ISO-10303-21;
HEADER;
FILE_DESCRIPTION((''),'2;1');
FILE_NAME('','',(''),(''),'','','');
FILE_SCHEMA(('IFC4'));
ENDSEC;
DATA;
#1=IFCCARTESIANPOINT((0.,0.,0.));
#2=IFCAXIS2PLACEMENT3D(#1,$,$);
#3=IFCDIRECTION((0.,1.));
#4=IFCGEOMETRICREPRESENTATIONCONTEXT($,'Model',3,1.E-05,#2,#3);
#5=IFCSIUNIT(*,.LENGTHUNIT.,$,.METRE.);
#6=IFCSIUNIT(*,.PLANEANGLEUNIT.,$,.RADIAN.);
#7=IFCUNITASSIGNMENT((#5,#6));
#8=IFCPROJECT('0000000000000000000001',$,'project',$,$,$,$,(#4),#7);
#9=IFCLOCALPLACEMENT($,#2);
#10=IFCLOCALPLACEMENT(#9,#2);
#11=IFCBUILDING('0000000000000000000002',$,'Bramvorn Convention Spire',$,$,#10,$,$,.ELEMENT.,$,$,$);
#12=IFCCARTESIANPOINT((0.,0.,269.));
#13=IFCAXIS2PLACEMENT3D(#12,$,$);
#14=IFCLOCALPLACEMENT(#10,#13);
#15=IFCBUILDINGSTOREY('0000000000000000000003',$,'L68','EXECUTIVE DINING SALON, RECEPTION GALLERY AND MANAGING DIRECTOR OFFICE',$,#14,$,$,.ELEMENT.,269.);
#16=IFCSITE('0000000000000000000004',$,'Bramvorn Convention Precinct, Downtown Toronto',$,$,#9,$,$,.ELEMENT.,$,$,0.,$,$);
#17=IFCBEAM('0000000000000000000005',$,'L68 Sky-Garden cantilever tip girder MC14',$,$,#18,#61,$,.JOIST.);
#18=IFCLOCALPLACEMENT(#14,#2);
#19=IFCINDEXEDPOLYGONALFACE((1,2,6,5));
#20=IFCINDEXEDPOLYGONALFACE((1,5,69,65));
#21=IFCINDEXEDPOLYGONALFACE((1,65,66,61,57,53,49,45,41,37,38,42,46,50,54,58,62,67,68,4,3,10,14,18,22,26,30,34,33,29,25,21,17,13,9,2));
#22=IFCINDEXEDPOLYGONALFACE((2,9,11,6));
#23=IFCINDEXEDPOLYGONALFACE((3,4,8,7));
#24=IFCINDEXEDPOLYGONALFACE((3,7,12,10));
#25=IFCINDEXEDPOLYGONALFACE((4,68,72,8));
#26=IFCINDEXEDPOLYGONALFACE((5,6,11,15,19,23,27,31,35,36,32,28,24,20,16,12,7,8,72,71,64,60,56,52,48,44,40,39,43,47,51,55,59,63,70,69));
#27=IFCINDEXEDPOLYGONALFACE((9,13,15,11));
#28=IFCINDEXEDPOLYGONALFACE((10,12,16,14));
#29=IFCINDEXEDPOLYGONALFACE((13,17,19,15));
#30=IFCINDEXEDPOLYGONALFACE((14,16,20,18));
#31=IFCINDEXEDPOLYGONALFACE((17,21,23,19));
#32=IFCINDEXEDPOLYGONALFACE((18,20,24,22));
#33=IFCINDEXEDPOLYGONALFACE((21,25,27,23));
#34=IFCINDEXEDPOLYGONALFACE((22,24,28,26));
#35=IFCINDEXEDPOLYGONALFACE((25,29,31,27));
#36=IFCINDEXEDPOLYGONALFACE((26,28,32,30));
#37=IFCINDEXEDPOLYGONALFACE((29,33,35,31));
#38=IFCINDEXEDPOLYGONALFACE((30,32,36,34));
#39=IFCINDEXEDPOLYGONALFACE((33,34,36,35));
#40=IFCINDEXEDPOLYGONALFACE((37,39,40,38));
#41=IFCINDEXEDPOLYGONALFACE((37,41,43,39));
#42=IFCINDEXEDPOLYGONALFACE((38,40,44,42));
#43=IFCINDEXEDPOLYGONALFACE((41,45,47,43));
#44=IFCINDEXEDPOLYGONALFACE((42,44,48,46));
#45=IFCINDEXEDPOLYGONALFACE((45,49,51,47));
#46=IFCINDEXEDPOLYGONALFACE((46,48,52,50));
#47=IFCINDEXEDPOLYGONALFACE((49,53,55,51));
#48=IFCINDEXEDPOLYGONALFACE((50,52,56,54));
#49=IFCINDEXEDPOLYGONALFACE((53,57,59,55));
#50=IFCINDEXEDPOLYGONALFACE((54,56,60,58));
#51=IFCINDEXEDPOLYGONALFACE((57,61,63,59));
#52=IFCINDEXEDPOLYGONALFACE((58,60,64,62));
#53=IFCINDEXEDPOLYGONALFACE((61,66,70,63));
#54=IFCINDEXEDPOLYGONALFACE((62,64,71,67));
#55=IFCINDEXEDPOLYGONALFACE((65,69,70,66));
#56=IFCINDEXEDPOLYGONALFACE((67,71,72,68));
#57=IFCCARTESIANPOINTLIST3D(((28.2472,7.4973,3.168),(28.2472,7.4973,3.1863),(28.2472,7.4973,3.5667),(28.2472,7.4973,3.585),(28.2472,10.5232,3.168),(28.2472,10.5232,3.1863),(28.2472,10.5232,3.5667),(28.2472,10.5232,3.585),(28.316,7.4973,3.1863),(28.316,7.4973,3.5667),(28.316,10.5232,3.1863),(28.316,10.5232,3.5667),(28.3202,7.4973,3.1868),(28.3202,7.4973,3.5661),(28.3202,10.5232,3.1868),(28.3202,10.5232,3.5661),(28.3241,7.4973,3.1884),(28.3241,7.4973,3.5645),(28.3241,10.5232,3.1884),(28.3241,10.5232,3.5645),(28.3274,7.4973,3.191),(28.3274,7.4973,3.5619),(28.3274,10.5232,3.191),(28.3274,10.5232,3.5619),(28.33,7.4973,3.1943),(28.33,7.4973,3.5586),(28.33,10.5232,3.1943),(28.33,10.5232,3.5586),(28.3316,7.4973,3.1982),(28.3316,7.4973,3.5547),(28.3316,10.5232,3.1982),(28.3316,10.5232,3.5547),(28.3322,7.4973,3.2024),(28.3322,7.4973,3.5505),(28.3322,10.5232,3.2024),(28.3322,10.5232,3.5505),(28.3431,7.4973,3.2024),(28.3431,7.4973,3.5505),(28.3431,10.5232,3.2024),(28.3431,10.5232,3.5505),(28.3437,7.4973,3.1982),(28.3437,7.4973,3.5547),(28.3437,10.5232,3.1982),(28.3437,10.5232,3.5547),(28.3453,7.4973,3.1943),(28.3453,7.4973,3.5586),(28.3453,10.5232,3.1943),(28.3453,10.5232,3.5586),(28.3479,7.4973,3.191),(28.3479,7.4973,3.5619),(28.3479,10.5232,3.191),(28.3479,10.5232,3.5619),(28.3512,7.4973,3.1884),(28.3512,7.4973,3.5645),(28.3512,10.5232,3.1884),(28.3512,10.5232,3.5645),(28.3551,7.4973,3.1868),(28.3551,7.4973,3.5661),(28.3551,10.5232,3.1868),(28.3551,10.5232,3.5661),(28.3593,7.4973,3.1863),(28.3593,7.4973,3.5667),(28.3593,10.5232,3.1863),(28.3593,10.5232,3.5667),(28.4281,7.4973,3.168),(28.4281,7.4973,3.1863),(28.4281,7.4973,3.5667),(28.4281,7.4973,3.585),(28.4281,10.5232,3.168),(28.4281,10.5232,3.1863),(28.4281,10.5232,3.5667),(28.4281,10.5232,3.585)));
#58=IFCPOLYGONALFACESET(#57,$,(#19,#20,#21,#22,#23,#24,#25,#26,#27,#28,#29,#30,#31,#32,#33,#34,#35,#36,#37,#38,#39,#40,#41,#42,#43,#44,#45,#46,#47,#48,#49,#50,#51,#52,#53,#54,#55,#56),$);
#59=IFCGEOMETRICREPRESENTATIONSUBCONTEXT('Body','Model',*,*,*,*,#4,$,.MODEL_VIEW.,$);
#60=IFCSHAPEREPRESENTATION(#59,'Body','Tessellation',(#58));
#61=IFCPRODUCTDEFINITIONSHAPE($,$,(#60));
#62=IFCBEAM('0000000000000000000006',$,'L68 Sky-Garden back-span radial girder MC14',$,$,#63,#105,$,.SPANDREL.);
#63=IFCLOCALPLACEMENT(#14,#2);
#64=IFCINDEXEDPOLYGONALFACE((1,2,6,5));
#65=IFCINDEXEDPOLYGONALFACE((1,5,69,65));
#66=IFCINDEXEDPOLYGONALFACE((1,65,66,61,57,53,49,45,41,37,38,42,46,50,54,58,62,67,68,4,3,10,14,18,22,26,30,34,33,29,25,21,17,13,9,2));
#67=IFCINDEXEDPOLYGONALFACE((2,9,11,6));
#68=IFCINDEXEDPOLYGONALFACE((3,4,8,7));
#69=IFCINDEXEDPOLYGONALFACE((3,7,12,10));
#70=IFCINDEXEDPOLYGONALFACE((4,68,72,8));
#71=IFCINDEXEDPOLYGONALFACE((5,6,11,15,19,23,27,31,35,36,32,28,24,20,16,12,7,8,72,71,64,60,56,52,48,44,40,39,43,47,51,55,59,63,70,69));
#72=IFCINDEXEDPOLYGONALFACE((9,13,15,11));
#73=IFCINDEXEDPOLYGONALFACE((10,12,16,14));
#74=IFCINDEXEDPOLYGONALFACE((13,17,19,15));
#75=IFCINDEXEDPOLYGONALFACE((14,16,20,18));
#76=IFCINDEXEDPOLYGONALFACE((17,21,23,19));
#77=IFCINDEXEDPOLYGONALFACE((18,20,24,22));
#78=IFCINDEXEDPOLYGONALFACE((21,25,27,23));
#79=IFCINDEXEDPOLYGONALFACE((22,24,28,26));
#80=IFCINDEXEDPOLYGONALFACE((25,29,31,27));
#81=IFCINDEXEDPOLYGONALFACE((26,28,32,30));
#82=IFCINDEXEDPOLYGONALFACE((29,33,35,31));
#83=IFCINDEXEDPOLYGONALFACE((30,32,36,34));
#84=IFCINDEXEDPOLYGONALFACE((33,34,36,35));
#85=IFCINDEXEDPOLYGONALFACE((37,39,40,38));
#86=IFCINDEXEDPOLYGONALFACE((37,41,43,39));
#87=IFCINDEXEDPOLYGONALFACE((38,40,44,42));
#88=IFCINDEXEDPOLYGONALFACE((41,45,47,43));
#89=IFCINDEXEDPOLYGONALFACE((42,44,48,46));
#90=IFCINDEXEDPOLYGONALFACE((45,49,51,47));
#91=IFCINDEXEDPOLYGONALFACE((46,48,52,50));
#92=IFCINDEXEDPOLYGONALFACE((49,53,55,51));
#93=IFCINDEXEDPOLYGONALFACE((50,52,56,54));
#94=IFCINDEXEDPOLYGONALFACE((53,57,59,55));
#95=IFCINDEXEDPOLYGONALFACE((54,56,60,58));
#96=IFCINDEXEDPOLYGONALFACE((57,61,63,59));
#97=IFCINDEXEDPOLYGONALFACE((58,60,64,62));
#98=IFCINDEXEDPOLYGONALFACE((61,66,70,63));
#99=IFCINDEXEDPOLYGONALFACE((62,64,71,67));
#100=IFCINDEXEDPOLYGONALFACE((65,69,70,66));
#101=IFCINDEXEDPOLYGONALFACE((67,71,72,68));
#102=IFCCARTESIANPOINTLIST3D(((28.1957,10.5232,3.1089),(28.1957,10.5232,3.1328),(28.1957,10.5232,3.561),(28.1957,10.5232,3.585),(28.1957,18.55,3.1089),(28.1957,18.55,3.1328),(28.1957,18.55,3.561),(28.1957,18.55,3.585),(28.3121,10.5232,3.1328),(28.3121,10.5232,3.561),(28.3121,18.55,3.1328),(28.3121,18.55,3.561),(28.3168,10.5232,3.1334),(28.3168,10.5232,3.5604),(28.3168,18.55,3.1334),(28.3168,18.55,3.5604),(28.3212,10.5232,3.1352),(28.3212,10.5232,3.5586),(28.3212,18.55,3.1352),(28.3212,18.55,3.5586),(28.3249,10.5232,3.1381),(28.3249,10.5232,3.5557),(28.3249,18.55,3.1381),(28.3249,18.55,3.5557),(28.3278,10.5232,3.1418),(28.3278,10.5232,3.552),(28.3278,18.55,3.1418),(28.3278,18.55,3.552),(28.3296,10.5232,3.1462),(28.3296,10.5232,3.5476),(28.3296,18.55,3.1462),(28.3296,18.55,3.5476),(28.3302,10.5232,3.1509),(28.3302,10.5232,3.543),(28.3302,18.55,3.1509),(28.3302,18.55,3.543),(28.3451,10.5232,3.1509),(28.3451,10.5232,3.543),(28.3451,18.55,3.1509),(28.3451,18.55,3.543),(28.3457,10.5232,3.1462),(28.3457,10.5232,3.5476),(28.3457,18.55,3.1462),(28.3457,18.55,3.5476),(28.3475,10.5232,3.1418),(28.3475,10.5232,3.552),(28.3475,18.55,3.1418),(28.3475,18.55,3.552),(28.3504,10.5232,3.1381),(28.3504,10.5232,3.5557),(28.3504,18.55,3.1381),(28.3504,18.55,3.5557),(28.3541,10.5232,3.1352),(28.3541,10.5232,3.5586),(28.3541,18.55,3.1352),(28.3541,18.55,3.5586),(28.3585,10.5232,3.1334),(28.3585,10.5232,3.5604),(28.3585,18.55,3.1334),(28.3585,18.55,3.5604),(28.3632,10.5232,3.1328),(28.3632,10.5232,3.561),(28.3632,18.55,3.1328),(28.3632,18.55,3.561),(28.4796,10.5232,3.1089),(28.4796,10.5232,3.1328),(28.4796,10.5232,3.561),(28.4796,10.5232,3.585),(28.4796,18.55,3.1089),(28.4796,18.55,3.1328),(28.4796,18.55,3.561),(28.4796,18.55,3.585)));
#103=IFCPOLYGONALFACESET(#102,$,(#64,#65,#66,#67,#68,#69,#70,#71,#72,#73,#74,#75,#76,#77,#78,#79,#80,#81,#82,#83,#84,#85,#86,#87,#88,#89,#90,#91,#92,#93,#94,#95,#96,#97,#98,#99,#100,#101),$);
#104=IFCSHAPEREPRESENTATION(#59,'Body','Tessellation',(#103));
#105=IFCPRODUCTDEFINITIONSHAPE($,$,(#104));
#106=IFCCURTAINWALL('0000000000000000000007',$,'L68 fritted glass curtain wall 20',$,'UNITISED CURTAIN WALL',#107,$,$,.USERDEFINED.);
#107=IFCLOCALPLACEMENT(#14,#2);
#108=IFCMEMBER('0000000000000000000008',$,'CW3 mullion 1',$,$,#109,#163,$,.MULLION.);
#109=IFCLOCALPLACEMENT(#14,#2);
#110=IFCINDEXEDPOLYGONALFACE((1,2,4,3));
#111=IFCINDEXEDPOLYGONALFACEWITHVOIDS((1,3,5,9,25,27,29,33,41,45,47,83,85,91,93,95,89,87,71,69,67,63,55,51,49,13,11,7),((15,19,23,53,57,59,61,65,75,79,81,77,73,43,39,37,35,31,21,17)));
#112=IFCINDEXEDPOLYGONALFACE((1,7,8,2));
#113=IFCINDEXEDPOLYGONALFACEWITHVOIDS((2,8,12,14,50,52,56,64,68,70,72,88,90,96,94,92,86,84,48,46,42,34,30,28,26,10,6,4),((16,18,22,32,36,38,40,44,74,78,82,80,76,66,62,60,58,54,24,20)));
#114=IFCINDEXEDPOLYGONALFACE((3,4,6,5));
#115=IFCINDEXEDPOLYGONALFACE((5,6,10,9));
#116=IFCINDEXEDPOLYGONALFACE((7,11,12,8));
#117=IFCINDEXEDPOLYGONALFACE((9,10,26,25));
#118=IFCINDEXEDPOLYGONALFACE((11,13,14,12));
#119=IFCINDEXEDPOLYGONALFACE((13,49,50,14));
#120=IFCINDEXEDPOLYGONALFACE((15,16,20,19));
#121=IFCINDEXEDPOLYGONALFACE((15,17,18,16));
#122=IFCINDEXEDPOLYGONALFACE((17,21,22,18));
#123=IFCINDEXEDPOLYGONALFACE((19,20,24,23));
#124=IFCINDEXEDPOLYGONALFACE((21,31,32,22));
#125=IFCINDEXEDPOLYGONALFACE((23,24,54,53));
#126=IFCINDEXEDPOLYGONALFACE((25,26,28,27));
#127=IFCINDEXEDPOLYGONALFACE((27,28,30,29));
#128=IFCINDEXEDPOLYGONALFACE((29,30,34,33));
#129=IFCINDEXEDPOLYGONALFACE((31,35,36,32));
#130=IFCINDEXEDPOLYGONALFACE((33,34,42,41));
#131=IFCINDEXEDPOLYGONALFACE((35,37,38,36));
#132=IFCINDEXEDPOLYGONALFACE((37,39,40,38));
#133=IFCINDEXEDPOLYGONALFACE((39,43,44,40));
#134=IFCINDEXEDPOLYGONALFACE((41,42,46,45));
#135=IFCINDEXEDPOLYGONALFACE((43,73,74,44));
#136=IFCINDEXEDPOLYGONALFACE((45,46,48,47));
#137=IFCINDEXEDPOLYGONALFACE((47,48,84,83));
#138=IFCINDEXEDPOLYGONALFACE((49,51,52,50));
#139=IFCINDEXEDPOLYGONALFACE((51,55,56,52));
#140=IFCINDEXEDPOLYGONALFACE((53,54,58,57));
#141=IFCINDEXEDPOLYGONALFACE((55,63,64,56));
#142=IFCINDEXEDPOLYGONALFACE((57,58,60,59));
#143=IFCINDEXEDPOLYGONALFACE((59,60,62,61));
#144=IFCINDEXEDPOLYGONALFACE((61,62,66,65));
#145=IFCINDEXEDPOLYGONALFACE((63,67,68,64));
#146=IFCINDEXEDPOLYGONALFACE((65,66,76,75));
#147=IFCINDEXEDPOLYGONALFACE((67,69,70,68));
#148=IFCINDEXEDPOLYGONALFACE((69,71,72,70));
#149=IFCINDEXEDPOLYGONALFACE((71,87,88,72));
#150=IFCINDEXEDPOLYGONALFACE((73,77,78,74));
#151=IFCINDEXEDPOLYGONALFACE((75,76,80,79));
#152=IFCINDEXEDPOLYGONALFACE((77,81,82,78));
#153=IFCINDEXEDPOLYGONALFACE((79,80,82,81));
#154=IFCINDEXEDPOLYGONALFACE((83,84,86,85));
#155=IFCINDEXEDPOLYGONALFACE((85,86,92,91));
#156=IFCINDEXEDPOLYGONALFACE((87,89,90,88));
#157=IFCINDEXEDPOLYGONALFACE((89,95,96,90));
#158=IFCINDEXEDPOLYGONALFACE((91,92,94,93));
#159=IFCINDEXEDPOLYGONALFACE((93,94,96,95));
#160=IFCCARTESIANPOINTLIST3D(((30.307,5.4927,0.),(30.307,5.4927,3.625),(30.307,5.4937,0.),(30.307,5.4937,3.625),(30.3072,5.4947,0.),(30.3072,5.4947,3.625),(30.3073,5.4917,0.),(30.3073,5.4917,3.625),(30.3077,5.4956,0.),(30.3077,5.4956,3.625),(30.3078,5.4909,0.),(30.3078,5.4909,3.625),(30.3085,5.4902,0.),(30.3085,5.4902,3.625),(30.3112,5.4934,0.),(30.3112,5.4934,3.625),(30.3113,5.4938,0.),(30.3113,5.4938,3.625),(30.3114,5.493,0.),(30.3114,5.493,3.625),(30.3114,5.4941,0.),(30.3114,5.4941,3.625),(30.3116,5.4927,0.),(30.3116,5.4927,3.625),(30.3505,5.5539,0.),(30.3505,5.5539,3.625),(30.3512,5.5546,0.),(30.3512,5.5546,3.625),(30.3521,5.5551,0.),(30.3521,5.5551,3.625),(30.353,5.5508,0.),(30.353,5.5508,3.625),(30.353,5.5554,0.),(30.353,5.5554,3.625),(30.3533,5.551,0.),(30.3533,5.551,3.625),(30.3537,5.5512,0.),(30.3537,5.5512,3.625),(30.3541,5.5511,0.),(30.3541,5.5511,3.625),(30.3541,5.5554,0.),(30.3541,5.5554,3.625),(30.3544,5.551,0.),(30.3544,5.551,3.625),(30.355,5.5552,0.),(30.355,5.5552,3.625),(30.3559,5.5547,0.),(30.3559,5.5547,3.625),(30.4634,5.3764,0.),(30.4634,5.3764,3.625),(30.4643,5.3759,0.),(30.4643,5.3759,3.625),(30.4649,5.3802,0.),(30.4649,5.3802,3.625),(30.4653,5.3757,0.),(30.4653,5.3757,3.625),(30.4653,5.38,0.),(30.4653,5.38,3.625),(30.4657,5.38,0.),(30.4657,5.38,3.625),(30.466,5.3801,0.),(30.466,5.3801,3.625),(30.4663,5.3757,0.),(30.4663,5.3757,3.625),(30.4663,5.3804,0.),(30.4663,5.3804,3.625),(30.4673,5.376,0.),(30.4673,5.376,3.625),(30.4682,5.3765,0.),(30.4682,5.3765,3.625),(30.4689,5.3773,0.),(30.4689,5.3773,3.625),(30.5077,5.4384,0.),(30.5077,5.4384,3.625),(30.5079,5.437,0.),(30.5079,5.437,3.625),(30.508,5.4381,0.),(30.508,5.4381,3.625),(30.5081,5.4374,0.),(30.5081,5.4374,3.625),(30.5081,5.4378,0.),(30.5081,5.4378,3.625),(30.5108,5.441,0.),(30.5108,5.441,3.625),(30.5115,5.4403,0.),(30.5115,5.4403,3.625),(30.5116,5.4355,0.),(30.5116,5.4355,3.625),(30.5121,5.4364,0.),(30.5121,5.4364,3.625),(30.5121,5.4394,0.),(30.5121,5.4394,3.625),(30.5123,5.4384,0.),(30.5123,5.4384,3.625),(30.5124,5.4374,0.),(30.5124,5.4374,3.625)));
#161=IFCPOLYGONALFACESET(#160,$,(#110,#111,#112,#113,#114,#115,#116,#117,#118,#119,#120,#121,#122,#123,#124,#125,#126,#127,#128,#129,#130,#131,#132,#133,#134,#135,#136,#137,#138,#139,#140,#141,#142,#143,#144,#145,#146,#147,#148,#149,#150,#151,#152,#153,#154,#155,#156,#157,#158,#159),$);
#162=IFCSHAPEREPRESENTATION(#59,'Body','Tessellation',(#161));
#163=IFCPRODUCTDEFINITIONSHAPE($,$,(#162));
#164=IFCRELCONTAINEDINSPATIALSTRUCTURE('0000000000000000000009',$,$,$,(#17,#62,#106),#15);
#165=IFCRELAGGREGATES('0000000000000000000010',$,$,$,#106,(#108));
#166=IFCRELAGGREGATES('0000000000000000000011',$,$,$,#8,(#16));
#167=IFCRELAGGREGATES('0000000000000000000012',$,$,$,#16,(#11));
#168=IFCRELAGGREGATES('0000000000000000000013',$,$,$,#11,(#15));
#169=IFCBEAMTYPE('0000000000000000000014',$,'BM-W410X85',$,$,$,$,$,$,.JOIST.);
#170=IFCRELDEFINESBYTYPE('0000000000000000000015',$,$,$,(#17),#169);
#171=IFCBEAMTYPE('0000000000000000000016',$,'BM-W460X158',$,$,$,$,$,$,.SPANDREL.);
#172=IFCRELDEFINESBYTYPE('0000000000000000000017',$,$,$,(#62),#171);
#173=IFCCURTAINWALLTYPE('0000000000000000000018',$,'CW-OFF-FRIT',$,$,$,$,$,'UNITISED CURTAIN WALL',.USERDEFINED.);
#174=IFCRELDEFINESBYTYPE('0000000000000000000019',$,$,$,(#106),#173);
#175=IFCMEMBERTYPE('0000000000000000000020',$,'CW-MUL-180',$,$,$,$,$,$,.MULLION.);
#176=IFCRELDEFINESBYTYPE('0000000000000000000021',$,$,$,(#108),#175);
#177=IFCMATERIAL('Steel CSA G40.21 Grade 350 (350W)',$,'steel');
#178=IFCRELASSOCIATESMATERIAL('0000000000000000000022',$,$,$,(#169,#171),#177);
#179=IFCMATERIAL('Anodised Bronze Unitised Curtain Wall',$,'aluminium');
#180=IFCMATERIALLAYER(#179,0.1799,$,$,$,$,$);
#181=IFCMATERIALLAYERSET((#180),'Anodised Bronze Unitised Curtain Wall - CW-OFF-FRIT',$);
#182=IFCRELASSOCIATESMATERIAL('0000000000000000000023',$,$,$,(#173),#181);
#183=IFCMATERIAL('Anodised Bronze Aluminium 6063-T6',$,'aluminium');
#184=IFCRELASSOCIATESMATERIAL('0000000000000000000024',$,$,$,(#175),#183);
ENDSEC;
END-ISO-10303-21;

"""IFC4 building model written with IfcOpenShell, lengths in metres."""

from ifc_helpers import new_model, si_unit, direction, frame, origin, origin_2d, place, context, subcontext, project, spatial, hollow_rectangle, i_section, extrude, material, layer, layer_set, material_profile, profile_set, type_object, element, aggregate, save


model = new_model("IFC4")

# Units and contexts
model_context = context("Model", 3, precision=1e-05, world=origin(), true_north=direction((0.0, 1.0)))
body_context = subcontext(model_context, "Body", "Model", "MODEL_VIEW")
ifc_project = project(units=[si_unit("LENGTHUNIT", "METRE"), si_unit("PLANEANGLEUNIT", "RADIAN")], contexts=[model_context])

# Site, building, storey
site_placement = place(None, origin())
site = spatial("IfcSite", under=ifc_project, at=site_placement, Name="Bramvorn Convention Precinct, Downtown Toronto", CompositionType="ELEMENT", RefElevation=0.0)
building_placement = place(site_placement, origin())
building = spatial("IfcBuilding", under=site, at=building_placement, Name="Bramvorn Convention Spire", CompositionType="ELEMENT")
storey_placement = place(building_placement, frame((0.0, 0.0, 269.0)))
storey = spatial("IfcBuildingStorey", under=building, at=storey_placement, Name="L68", Description="EXECUTIVE DINING SALON, RECEPTION GALLERY AND MANAGING DIRECTOR OFFICE", CompositionType="ELEMENT", Elevation=269.0)

# Shared definitions
ifc_material_1 = material(Name="Steel CSA G40.21 Grade 350 (350W)", Category="steel")

# Beams
ifc_material_profile_1 = material_profile(ifc_material_1, i_section(OverallWidth=0.1809, OverallDepth=0.417, WebThickness=0.011, FlangeThickness=0.0183, FilletRadius=0.0161, at=origin_2d()))
ifc_profile_set_1 = profile_set([ifc_material_profile_1], Name="Steel CSA G40.21 Grade 350 (350W) - W410X85")
beam_type_1 = type_object("IfcBeamType", Name="BM-W410X85", PredefinedType="JOIST", material=ifc_profile_set_1)
beam_1_placement = place(storey_placement, frame((28.3376, 10.5232, 3.3765), z_axis=(0.0, -1.0, 0.0), x_axis=(1.0, 0.0, 0.0)))
element("IfcBeam", 1, at=beam_1_placement, inside=storey, type_object=beam_type_1, Name="L68 Sky-Garden cantilever tip girder MC14", PredefinedType="JOIST", context=body_context, shape_type="SweptSolid", body=[
    extrude(i_section(OverallWidth=0.1809, OverallDepth=0.417, WebThickness=0.011, FlangeThickness=0.0183, FilletRadius=0.0161, at=origin_2d()), origin(), (0.0, 0.0, 1.0), 3.0259),
])
ifc_material_profile_2 = material_profile(ifc_material_1, i_section(OverallWidth=0.2839, OverallDepth=0.4761, WebThickness=0.0149, FlangeThickness=0.0239, FilletRadius=0.0181, at=origin_2d()))
ifc_profile_set_2 = profile_set([ifc_material_profile_2], Name="Steel CSA G40.21 Grade 350 (350W) - W460X158")
beam_type_2 = type_object("IfcBeamType", Name="BM-W460X158", PredefinedType="SPANDREL", material=ifc_profile_set_2)
beam_2_placement = place(storey_placement, frame((28.3376, 18.55, 3.3469), z_axis=(0.0, -1.0, 0.0), x_axis=(1.0, 0.0, 0.0)))
element("IfcBeam", 2, at=beam_2_placement, inside=storey, type_object=beam_type_2, Name="L68 Sky-Garden back-span radial girder MC14", PredefinedType="SPANDREL", context=body_context, shape_type="SweptSolid", body=[
    extrude(i_section(OverallWidth=0.2839, OverallDepth=0.4761, WebThickness=0.0149, FlangeThickness=0.0239, FilletRadius=0.0181, at=origin_2d()), origin(), (0.0, 0.0, 1.0), 8.0269),
])

# Curtain wall, member
ifc_material_2 = material(Name="Anodised Bronze Unitised Curtain Wall", Category="aluminium")
ifc_layer_1 = layer(ifc_material_2, 0.1799)
ifc_layer_set_1 = layer_set([ifc_layer_1], Name="Anodised Bronze Unitised Curtain Wall - CW-OFF-FRIT")
curtain_wall_type = type_object("IfcCurtainWallType", Name="CW-OFF-FRIT", ElementType="UNITISED CURTAIN WALL", PredefinedType="USERDEFINED", material=ifc_layer_set_1)
curtain_wall_1_placement = place(storey_placement, origin())
curtain_wall_1 = element("IfcCurtainWall", 3, at=curtain_wall_1_placement, inside=storey, type_object=curtain_wall_type, Name="L68 fritted glass curtain wall 20", ObjectType="UNITISED CURTAIN WALL", PredefinedType="USERDEFINED")
ifc_material_3 = material(Name="Anodised Bronze Aluminium 6063-T6", Category="aluminium")
ifc_material_profile_3 = material_profile(ifc_material_3, hollow_rectangle(XDim=0.0801, YDim=0.2, WallThickness=0.0039, InnerFilletRadius=0.001, OuterFilletRadius=0.0039, at=origin_2d()))
ifc_profile_set_3 = profile_set([ifc_material_profile_3], Name="Anodised Bronze Aluminium 6063-T6 - CWM80X200")
member_type_1 = type_object("IfcMemberType", Name="CW-MUL-180", PredefinedType="MULLION", material=ifc_profile_set_3)
member_1_placement = place(storey_placement, frame((30.4097, 5.4656, 0.0), z_axis=(0.0, 0.0, 1.0), x_axis=(-0.591904, -0.806009, 0.0)))
member_1 = element("IfcMember", 4, at=member_1_placement, type_object=member_type_1, Name="CW3 mullion 1", PredefinedType="MULLION", context=body_context, shape_type="SweptSolid", body=[
    extrude(hollow_rectangle(XDim=0.0801, YDim=0.2, WallThickness=0.0039, InnerFilletRadius=0.001, OuterFilletRadius=0.0039, at=origin_2d()), origin(), (0.0, 0.0, 1.0), 3.625),
])

aggregate(curtain_wall_1, [member_1])

save(model, "model.ifc")
